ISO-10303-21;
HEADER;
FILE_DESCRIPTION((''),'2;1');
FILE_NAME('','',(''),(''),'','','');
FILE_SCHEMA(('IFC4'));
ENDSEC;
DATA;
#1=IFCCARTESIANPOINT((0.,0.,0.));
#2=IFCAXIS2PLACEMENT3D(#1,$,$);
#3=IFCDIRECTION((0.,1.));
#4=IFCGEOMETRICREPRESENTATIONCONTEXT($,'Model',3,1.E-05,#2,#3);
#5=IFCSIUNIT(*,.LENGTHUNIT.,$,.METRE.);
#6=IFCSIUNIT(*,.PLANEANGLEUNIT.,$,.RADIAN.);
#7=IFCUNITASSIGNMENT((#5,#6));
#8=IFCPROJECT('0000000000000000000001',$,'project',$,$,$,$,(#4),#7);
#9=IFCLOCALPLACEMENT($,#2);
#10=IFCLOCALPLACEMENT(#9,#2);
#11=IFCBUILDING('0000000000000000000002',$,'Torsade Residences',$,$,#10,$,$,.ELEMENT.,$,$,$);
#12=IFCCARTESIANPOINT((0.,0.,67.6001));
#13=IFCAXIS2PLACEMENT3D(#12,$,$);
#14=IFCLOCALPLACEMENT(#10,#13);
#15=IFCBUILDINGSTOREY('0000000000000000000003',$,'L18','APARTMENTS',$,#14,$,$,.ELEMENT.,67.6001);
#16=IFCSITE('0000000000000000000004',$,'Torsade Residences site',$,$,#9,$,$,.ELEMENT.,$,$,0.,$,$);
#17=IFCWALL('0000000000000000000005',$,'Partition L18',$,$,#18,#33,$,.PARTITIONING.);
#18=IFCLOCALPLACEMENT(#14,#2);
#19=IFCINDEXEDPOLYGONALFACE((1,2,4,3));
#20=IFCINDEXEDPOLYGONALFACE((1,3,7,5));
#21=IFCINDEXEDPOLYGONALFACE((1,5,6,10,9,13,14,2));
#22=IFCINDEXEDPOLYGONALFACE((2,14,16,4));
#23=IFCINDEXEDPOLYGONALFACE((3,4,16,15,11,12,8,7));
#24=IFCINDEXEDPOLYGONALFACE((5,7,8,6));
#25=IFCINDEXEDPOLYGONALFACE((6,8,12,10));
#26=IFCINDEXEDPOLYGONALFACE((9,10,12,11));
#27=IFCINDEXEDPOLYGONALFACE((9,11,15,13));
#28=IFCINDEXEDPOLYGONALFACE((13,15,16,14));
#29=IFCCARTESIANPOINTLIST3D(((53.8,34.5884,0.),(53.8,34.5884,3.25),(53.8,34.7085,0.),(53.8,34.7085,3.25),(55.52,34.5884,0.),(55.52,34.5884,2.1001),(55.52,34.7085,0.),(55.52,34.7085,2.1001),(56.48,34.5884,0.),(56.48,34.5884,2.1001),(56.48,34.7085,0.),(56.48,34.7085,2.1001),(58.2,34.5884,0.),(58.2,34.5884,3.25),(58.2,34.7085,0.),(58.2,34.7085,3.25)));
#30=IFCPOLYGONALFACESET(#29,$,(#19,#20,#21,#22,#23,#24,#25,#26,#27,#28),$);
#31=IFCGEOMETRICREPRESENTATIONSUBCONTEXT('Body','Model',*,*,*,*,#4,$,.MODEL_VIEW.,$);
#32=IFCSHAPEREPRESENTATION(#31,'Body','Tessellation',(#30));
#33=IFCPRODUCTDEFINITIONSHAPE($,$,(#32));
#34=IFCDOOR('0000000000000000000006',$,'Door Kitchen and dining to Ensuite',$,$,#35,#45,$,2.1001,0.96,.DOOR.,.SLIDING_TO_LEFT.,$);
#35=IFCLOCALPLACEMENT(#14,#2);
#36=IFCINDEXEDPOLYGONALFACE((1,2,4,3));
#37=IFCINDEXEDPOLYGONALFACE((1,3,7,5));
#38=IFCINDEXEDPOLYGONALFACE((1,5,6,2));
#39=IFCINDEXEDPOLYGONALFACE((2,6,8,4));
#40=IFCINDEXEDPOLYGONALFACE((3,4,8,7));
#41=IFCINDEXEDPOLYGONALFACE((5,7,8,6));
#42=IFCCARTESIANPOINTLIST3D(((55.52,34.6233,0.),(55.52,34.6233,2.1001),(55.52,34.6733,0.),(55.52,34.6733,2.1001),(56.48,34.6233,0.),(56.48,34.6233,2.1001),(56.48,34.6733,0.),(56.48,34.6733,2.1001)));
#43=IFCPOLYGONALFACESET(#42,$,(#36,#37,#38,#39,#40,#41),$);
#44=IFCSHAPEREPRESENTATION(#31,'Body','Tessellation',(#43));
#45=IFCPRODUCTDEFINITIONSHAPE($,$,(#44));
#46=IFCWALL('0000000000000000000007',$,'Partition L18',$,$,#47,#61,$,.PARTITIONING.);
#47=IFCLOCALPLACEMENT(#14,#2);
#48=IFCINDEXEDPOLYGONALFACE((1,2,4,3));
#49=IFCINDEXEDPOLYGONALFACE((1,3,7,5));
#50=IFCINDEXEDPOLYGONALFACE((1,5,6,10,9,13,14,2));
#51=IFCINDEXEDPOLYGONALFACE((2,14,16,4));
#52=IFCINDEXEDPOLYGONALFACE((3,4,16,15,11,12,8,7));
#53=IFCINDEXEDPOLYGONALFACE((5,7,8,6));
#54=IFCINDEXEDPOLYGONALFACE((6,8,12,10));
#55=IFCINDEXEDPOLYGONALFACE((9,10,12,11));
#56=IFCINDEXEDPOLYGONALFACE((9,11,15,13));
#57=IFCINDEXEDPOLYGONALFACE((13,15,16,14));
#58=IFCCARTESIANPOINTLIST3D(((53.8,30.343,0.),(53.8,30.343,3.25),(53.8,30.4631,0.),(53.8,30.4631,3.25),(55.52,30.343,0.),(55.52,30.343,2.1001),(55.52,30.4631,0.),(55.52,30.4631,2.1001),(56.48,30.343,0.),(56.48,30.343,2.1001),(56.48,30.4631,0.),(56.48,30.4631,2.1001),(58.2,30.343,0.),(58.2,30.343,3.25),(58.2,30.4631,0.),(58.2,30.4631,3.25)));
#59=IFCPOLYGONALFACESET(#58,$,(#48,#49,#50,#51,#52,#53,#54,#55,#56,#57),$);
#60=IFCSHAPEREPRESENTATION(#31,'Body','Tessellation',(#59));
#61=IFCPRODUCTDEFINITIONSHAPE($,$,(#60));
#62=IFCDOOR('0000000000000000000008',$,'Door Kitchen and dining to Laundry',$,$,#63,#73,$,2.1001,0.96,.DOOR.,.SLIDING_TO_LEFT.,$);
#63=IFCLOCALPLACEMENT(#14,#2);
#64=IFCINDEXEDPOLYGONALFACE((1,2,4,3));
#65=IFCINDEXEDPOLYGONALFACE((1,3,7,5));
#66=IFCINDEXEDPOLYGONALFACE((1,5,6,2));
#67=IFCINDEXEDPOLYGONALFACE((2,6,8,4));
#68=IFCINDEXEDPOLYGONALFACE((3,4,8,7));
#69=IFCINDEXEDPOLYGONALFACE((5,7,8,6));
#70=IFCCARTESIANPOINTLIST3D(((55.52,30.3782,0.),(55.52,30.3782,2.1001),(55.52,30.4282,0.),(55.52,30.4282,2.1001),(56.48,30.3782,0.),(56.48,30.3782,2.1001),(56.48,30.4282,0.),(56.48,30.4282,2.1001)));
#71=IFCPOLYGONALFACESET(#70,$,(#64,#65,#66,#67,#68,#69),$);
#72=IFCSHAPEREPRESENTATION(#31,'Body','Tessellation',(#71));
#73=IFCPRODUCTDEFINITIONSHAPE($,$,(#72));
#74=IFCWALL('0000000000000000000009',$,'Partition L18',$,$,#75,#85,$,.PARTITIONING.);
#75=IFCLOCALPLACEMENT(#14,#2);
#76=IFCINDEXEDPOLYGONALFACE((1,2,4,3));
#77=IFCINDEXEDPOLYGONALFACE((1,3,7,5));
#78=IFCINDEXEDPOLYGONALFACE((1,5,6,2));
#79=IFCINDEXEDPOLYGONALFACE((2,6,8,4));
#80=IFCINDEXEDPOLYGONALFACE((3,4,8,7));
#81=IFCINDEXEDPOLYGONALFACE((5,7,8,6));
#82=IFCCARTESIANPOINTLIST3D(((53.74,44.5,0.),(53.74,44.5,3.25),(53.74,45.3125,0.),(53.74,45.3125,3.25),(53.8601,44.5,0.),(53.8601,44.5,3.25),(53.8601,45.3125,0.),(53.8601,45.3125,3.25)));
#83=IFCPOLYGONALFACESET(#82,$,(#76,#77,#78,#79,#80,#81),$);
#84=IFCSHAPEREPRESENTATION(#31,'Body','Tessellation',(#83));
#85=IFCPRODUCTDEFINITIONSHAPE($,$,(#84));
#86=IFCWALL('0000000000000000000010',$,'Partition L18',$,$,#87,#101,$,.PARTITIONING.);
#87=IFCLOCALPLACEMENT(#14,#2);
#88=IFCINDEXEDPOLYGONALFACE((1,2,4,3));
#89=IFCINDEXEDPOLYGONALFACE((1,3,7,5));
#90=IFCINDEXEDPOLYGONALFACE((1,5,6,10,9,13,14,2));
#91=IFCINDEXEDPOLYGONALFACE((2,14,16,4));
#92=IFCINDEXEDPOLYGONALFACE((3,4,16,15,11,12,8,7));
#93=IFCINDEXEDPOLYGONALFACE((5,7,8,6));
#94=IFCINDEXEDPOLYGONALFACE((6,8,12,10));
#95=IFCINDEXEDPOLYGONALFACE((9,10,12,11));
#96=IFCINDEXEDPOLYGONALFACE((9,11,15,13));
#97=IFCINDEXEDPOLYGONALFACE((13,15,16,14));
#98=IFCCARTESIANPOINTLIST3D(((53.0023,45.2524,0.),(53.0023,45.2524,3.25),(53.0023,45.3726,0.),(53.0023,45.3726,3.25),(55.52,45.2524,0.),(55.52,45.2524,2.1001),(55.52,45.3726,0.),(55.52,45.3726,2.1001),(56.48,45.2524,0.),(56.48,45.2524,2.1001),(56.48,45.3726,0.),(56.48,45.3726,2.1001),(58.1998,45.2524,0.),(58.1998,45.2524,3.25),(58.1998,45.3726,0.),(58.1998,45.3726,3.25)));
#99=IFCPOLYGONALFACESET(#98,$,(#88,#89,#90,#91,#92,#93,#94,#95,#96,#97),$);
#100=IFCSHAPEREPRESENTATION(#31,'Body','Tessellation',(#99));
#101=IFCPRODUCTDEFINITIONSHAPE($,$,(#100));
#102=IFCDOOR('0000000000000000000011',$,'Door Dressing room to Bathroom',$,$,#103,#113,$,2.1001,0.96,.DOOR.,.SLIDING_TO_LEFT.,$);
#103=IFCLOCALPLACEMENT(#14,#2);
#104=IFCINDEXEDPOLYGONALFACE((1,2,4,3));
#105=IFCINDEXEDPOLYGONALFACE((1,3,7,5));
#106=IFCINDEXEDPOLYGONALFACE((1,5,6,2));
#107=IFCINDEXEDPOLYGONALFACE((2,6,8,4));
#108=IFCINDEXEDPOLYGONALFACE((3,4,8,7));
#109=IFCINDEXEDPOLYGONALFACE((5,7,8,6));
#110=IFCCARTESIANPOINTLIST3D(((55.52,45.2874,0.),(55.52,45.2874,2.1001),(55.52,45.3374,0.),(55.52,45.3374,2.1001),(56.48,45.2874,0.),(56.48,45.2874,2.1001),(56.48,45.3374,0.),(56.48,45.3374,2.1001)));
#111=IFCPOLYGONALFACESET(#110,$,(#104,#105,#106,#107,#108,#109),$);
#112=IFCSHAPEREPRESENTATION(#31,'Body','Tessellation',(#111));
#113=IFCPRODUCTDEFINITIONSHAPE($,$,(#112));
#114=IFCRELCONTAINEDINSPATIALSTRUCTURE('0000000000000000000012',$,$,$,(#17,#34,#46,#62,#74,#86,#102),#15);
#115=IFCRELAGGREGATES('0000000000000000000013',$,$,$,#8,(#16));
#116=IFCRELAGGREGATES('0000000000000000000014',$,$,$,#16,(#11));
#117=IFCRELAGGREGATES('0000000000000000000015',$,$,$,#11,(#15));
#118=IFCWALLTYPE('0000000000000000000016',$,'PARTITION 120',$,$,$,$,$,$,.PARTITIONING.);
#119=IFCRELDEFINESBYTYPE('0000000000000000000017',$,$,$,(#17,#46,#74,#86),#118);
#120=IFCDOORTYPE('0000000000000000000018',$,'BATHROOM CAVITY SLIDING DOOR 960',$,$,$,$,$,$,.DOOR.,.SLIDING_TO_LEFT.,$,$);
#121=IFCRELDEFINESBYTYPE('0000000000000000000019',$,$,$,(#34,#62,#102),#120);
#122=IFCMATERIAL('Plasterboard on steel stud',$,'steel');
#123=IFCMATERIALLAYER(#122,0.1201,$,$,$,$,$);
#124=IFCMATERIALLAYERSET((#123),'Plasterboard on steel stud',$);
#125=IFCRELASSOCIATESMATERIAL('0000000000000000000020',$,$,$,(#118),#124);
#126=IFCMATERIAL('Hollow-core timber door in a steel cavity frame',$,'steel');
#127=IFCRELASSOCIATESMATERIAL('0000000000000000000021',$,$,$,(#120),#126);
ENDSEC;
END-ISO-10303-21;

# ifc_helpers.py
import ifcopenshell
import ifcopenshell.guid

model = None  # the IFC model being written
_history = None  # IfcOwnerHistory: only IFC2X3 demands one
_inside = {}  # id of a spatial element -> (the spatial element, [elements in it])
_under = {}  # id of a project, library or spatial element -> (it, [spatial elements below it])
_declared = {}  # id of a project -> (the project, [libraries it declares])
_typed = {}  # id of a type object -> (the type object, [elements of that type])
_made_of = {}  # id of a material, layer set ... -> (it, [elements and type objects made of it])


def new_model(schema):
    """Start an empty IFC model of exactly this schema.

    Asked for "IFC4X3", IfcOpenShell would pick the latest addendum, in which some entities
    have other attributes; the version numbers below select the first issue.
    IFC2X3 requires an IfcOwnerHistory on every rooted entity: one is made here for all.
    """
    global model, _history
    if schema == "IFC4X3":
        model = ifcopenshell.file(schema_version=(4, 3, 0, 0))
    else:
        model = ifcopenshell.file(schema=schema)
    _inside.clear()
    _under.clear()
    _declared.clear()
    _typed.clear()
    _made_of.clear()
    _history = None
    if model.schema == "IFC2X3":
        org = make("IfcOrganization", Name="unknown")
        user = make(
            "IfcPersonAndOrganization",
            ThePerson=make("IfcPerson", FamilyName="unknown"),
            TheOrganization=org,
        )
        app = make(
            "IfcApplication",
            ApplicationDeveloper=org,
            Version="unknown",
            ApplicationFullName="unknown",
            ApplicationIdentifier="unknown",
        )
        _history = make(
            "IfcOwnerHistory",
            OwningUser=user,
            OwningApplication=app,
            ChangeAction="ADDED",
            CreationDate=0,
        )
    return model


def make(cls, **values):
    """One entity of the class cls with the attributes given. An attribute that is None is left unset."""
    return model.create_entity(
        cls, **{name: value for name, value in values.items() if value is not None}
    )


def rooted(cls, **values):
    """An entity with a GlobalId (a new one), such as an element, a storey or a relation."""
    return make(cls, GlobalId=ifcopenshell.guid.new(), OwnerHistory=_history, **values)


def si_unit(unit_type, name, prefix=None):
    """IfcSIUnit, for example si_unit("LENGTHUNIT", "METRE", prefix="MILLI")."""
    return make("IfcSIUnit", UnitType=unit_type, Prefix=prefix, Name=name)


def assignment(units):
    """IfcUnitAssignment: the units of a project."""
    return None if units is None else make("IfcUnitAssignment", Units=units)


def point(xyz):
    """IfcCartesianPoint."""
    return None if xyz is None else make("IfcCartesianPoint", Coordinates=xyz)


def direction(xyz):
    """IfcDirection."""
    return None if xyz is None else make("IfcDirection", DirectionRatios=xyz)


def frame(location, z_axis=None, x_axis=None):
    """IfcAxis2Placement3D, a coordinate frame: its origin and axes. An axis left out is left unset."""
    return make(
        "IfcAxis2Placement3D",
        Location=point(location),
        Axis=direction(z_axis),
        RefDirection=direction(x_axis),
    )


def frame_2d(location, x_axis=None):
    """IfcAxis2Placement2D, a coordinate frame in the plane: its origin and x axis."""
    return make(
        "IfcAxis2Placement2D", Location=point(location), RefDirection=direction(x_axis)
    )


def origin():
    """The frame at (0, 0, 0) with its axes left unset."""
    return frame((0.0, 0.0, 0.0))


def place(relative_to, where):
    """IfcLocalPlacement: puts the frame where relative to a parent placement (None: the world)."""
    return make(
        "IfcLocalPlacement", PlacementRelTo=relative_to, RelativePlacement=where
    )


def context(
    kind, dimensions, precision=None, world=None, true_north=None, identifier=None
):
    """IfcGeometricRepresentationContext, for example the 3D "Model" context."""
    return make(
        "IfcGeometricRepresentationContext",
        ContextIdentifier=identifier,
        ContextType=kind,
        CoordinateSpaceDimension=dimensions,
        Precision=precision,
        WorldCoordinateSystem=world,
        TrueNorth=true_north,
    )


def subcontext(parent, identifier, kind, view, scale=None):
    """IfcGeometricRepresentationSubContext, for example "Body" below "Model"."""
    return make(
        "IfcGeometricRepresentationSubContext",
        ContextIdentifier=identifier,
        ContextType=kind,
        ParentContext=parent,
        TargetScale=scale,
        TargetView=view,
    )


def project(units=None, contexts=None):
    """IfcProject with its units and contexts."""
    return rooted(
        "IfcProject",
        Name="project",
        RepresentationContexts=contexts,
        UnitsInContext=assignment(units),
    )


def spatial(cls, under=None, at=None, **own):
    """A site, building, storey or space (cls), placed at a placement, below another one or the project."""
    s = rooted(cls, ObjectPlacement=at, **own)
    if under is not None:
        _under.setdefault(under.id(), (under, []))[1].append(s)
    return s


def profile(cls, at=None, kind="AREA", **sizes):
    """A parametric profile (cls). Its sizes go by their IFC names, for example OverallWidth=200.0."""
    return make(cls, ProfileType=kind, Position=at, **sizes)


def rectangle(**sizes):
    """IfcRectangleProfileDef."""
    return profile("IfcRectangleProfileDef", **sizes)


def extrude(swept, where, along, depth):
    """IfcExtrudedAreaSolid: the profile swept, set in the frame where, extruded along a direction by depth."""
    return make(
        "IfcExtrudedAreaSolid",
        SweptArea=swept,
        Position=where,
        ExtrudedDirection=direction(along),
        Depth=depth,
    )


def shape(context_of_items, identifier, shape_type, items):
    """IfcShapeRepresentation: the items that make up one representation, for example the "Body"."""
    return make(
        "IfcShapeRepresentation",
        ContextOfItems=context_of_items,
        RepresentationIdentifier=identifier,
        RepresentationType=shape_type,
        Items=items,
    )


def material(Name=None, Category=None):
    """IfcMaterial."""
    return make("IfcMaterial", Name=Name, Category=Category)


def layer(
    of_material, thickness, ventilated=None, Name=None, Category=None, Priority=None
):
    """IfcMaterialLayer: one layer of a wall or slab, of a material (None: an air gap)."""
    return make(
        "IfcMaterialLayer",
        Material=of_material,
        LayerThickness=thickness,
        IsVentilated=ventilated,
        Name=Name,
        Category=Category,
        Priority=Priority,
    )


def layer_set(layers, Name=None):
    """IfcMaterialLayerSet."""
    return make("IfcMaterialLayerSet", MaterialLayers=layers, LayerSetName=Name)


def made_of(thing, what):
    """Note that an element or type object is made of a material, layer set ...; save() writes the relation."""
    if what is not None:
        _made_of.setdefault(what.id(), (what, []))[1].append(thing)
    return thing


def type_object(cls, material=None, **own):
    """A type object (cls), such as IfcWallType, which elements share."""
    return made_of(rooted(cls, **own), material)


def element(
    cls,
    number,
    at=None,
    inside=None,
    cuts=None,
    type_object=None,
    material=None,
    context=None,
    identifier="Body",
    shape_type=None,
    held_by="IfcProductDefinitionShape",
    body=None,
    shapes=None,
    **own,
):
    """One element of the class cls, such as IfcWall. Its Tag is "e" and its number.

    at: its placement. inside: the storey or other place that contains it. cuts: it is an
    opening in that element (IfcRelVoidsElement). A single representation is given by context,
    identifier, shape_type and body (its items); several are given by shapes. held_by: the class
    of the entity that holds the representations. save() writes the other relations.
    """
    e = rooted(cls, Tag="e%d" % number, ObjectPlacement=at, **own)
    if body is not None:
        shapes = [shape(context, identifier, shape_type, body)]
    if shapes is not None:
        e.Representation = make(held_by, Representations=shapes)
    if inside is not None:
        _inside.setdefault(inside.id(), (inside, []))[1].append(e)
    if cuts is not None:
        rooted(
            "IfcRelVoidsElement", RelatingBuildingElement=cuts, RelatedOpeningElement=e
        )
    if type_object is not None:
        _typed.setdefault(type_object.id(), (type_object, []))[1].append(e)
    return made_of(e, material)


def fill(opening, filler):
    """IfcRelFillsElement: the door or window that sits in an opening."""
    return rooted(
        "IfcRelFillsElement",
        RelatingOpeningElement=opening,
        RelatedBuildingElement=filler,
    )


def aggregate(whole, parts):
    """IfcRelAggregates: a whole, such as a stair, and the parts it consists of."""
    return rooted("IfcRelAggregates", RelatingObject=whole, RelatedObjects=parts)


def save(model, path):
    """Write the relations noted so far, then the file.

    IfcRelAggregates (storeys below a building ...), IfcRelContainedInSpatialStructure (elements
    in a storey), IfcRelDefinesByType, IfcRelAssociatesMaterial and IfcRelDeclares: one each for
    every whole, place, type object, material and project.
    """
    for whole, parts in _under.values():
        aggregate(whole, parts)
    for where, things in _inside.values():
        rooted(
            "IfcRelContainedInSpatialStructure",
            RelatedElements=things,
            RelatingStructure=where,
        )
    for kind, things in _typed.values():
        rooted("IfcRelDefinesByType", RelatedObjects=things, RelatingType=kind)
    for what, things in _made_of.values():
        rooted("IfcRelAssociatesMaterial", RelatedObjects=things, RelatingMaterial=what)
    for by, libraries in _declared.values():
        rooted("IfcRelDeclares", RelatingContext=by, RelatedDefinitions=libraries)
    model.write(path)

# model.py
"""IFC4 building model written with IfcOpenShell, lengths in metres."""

from ifc_helpers import new_model, si_unit, direction, frame, frame_2d, origin, place, context, subcontext, project, spatial, rectangle, extrude, material, layer, layer_set, type_object, element, fill, save


model = new_model("IFC4")

# Units and contexts
model_context = context("Model", 3, precision=1e-05, world=origin(), true_north=direction((0.0, 1.0)))
body_context = subcontext(model_context, "Body", "Model", "MODEL_VIEW")
ifc_project = project(units=[si_unit("LENGTHUNIT", "METRE"), si_unit("PLANEANGLEUNIT", "RADIAN")], contexts=[model_context])

# Site, building, storey
site_placement = place(None, origin())
site = spatial("IfcSite", under=ifc_project, at=site_placement, Name="Torsade Residences site", CompositionType="ELEMENT", RefElevation=0.0)
building_placement = place(site_placement, origin())
building = spatial("IfcBuilding", under=site, at=building_placement, Name="Torsade Residences", CompositionType="ELEMENT")
storey_placement = place(building_placement, frame((0.0, 0.0, 67.6001)))
storey = spatial("IfcBuildingStorey", under=building, at=storey_placement, Name="L18", Description="APARTMENTS", CompositionType="ELEMENT", Elevation=67.6001)

# Walls, openings, doors
ifc_material_1 = material(Name="Plasterboard on steel stud", Category="steel")
ifc_layer_1 = layer(ifc_material_1, 0.1201)
ifc_layer_set_1 = layer_set([ifc_layer_1], Name="Plasterboard on steel stud")
wall_type_1 = type_object("IfcWallType", Name="PARTITION 120", PredefinedType="PARTITIONING", material=ifc_layer_set_1)
wall_1_placement = place(storey_placement, frame((53.8, 34.6484, 0.0), z_axis=(0.0, 0.0, 1.0), x_axis=(1.0, 0.0, 0.0)))
wall_1 = element("IfcWall", 1, at=wall_1_placement, inside=storey, type_object=wall_type_1, Name="Partition L18", PredefinedType="PARTITIONING", context=body_context, shape_type="SweptSolid", body=[
    extrude(rectangle(XDim=4.3999, YDim=0.1201, at=frame_2d((2.2, 0.0))), origin(), (0.0, 0.0, 1.0), 3.25),
])
opening_1_placement = place(wall_1_placement, frame((1.72, 0.0, 0.0)))
opening_1 = element("IfcOpeningElement", 2, at=opening_1_placement, cuts=wall_1, PredefinedType="OPENING", context=body_context, shape_type="SweptSolid", body=[
    extrude(rectangle(XDim=0.96, YDim=2.1001, at=frame_2d((0.48, 1.05))), frame((0.0, 0.0701, 0.0), z_axis=(0.0, -1.0, 0.0), x_axis=(1.0, 0.0, 0.0)), (0.0, 0.0, 1.0), 0.1401),
])
ifc_material_2 = material(Name="Hollow-core timber door in a steel cavity frame", Category="steel")
door_type_1 = type_object("IfcDoorType", Name="BATHROOM CAVITY SLIDING DOOR 960", OperationType="SLIDING_TO_LEFT", PredefinedType="DOOR", material=ifc_material_2)
door_1_placement = place(opening_1_placement, origin())
door_1 = element("IfcDoor", 3, at=door_1_placement, inside=storey, type_object=door_type_1, Name="Door Kitchen and dining to Ensuite", OperationType="SLIDING_TO_LEFT", OverallHeight=2.1001, OverallWidth=0.96, PredefinedType="DOOR", context=body_context, shape_type="SweptSolid", body=[
    extrude(rectangle(XDim=0.96, YDim=2.1001, at=frame_2d((0.48, 1.05))), frame((0.0, 0.0249, 0.0), z_axis=(0.0, -1.0, 0.0), x_axis=(1.0, 0.0, 0.0)), (0.0, 0.0, 1.0), 0.05),
])
fill(opening_1, door_1)
wall_2_placement = place(storey_placement, frame((58.2, 30.4031, 0.0), z_axis=(0.0, 0.0, 1.0), x_axis=(-1.0, 0.0, 0.0)))
wall_2 = element("IfcWall", 4, at=wall_2_placement, inside=storey, type_object=wall_type_1, Name="Partition L18", PredefinedType="PARTITIONING", context=body_context, shape_type="SweptSolid", body=[
    extrude(rectangle(XDim=4.3999, YDim=0.1201, at=frame_2d((2.2, 0.0))), origin(), (0.0, 0.0, 1.0), 3.25),
])
opening_2_placement = place(wall_2_placement, frame((1.72, 0.0, 0.0)))
opening_2 = element("IfcOpeningElement", 5, at=opening_2_placement, cuts=wall_2, PredefinedType="OPENING", context=body_context, shape_type="SweptSolid", body=[
    extrude(rectangle(XDim=0.96, YDim=2.1001, at=frame_2d((0.48, 1.05))), frame((0.0, 0.0701, 0.0), z_axis=(0.0, -1.0, 0.0), x_axis=(1.0, 0.0, 0.0)), (0.0, 0.0, 1.0), 0.1401),
])
door_2_placement = place(opening_2_placement, origin())
door_2 = element("IfcDoor", 6, at=door_2_placement, inside=storey, type_object=door_type_1, Name="Door Kitchen and dining to Laundry", OperationType="SLIDING_TO_LEFT", OverallHeight=2.1001, OverallWidth=0.96, PredefinedType="DOOR", context=body_context, shape_type="SweptSolid", body=[
    extrude(rectangle(XDim=0.96, YDim=2.1001, at=frame_2d((0.48, 1.05))), frame((0.0, 0.0249, 0.0), z_axis=(0.0, -1.0, 0.0), x_axis=(1.0, 0.0, 0.0)), (0.0, 0.0, 1.0), 0.05),
])
fill(opening_2, door_2)

# Wall
wall_3_placement = place(storey_placement, frame((53.8, 45.3125, 0.0), z_axis=(0.0, 0.0, 1.0), x_axis=(0.0, -1.0, 0.0)))
element("IfcWall", 7, at=wall_3_placement, inside=storey, type_object=wall_type_1, Name="Partition L18", PredefinedType="PARTITIONING", context=body_context, shape_type="SweptSolid", body=[
    extrude(rectangle(XDim=0.8125, YDim=0.1201, at=frame_2d((0.4062, 0.0))), origin(), (0.0, 0.0, 1.0), 3.25),
])

# Wall, opening, door
wall_4_placement = place(storey_placement, frame((53.0024, 45.3125, 0.0), z_axis=(0.0, 0.0, 1.0), x_axis=(1.0, 0.0, 0.0)))
wall_4 = element("IfcWall", 8, at=wall_4_placement, inside=storey, type_object=wall_type_1, Name="Partition L18", PredefinedType="PARTITIONING", context=body_context, shape_type="SweptSolid", body=[
    extrude(rectangle(XDim=5.1975, YDim=0.1201, at=frame_2d((2.5986, 0.0))), origin(), (0.0, 0.0, 1.0), 3.25),
])
opening_3_placement = place(wall_4_placement, frame((2.5176, 0.0, 0.0)))
opening_3 = element("IfcOpeningElement", 9, at=opening_3_placement, cuts=wall_4, PredefinedType="OPENING", context=body_context, shape_type="SweptSolid", body=[
    extrude(rectangle(XDim=0.96, YDim=2.1001, at=frame_2d((0.48, 1.05))), frame((0.0, 0.0701, 0.0), z_axis=(0.0, -1.0, 0.0), x_axis=(1.0, 0.0, 0.0)), (0.0, 0.0, 1.0), 0.1401),
])
door_3_placement = place(opening_3_placement, origin())
door_3 = element("IfcDoor", 10, at=door_3_placement, inside=storey, type_object=door_type_1, Name="Door Dressing room to Bathroom", OperationType="SLIDING_TO_LEFT", OverallHeight=2.1001, OverallWidth=0.96, PredefinedType="DOOR", context=body_context, shape_type="SweptSolid", body=[
    extrude(rectangle(XDim=0.96, YDim=2.1001, at=frame_2d((0.48, 1.05))), frame((0.0, 0.0249, 0.0), z_axis=(0.0, -1.0, 0.0), x_axis=(1.0, 0.0, 0.0)), (0.0, 0.0, 1.0), 0.05),
])
fill(opening_3, door_3)

save(model, "model.ifc")
